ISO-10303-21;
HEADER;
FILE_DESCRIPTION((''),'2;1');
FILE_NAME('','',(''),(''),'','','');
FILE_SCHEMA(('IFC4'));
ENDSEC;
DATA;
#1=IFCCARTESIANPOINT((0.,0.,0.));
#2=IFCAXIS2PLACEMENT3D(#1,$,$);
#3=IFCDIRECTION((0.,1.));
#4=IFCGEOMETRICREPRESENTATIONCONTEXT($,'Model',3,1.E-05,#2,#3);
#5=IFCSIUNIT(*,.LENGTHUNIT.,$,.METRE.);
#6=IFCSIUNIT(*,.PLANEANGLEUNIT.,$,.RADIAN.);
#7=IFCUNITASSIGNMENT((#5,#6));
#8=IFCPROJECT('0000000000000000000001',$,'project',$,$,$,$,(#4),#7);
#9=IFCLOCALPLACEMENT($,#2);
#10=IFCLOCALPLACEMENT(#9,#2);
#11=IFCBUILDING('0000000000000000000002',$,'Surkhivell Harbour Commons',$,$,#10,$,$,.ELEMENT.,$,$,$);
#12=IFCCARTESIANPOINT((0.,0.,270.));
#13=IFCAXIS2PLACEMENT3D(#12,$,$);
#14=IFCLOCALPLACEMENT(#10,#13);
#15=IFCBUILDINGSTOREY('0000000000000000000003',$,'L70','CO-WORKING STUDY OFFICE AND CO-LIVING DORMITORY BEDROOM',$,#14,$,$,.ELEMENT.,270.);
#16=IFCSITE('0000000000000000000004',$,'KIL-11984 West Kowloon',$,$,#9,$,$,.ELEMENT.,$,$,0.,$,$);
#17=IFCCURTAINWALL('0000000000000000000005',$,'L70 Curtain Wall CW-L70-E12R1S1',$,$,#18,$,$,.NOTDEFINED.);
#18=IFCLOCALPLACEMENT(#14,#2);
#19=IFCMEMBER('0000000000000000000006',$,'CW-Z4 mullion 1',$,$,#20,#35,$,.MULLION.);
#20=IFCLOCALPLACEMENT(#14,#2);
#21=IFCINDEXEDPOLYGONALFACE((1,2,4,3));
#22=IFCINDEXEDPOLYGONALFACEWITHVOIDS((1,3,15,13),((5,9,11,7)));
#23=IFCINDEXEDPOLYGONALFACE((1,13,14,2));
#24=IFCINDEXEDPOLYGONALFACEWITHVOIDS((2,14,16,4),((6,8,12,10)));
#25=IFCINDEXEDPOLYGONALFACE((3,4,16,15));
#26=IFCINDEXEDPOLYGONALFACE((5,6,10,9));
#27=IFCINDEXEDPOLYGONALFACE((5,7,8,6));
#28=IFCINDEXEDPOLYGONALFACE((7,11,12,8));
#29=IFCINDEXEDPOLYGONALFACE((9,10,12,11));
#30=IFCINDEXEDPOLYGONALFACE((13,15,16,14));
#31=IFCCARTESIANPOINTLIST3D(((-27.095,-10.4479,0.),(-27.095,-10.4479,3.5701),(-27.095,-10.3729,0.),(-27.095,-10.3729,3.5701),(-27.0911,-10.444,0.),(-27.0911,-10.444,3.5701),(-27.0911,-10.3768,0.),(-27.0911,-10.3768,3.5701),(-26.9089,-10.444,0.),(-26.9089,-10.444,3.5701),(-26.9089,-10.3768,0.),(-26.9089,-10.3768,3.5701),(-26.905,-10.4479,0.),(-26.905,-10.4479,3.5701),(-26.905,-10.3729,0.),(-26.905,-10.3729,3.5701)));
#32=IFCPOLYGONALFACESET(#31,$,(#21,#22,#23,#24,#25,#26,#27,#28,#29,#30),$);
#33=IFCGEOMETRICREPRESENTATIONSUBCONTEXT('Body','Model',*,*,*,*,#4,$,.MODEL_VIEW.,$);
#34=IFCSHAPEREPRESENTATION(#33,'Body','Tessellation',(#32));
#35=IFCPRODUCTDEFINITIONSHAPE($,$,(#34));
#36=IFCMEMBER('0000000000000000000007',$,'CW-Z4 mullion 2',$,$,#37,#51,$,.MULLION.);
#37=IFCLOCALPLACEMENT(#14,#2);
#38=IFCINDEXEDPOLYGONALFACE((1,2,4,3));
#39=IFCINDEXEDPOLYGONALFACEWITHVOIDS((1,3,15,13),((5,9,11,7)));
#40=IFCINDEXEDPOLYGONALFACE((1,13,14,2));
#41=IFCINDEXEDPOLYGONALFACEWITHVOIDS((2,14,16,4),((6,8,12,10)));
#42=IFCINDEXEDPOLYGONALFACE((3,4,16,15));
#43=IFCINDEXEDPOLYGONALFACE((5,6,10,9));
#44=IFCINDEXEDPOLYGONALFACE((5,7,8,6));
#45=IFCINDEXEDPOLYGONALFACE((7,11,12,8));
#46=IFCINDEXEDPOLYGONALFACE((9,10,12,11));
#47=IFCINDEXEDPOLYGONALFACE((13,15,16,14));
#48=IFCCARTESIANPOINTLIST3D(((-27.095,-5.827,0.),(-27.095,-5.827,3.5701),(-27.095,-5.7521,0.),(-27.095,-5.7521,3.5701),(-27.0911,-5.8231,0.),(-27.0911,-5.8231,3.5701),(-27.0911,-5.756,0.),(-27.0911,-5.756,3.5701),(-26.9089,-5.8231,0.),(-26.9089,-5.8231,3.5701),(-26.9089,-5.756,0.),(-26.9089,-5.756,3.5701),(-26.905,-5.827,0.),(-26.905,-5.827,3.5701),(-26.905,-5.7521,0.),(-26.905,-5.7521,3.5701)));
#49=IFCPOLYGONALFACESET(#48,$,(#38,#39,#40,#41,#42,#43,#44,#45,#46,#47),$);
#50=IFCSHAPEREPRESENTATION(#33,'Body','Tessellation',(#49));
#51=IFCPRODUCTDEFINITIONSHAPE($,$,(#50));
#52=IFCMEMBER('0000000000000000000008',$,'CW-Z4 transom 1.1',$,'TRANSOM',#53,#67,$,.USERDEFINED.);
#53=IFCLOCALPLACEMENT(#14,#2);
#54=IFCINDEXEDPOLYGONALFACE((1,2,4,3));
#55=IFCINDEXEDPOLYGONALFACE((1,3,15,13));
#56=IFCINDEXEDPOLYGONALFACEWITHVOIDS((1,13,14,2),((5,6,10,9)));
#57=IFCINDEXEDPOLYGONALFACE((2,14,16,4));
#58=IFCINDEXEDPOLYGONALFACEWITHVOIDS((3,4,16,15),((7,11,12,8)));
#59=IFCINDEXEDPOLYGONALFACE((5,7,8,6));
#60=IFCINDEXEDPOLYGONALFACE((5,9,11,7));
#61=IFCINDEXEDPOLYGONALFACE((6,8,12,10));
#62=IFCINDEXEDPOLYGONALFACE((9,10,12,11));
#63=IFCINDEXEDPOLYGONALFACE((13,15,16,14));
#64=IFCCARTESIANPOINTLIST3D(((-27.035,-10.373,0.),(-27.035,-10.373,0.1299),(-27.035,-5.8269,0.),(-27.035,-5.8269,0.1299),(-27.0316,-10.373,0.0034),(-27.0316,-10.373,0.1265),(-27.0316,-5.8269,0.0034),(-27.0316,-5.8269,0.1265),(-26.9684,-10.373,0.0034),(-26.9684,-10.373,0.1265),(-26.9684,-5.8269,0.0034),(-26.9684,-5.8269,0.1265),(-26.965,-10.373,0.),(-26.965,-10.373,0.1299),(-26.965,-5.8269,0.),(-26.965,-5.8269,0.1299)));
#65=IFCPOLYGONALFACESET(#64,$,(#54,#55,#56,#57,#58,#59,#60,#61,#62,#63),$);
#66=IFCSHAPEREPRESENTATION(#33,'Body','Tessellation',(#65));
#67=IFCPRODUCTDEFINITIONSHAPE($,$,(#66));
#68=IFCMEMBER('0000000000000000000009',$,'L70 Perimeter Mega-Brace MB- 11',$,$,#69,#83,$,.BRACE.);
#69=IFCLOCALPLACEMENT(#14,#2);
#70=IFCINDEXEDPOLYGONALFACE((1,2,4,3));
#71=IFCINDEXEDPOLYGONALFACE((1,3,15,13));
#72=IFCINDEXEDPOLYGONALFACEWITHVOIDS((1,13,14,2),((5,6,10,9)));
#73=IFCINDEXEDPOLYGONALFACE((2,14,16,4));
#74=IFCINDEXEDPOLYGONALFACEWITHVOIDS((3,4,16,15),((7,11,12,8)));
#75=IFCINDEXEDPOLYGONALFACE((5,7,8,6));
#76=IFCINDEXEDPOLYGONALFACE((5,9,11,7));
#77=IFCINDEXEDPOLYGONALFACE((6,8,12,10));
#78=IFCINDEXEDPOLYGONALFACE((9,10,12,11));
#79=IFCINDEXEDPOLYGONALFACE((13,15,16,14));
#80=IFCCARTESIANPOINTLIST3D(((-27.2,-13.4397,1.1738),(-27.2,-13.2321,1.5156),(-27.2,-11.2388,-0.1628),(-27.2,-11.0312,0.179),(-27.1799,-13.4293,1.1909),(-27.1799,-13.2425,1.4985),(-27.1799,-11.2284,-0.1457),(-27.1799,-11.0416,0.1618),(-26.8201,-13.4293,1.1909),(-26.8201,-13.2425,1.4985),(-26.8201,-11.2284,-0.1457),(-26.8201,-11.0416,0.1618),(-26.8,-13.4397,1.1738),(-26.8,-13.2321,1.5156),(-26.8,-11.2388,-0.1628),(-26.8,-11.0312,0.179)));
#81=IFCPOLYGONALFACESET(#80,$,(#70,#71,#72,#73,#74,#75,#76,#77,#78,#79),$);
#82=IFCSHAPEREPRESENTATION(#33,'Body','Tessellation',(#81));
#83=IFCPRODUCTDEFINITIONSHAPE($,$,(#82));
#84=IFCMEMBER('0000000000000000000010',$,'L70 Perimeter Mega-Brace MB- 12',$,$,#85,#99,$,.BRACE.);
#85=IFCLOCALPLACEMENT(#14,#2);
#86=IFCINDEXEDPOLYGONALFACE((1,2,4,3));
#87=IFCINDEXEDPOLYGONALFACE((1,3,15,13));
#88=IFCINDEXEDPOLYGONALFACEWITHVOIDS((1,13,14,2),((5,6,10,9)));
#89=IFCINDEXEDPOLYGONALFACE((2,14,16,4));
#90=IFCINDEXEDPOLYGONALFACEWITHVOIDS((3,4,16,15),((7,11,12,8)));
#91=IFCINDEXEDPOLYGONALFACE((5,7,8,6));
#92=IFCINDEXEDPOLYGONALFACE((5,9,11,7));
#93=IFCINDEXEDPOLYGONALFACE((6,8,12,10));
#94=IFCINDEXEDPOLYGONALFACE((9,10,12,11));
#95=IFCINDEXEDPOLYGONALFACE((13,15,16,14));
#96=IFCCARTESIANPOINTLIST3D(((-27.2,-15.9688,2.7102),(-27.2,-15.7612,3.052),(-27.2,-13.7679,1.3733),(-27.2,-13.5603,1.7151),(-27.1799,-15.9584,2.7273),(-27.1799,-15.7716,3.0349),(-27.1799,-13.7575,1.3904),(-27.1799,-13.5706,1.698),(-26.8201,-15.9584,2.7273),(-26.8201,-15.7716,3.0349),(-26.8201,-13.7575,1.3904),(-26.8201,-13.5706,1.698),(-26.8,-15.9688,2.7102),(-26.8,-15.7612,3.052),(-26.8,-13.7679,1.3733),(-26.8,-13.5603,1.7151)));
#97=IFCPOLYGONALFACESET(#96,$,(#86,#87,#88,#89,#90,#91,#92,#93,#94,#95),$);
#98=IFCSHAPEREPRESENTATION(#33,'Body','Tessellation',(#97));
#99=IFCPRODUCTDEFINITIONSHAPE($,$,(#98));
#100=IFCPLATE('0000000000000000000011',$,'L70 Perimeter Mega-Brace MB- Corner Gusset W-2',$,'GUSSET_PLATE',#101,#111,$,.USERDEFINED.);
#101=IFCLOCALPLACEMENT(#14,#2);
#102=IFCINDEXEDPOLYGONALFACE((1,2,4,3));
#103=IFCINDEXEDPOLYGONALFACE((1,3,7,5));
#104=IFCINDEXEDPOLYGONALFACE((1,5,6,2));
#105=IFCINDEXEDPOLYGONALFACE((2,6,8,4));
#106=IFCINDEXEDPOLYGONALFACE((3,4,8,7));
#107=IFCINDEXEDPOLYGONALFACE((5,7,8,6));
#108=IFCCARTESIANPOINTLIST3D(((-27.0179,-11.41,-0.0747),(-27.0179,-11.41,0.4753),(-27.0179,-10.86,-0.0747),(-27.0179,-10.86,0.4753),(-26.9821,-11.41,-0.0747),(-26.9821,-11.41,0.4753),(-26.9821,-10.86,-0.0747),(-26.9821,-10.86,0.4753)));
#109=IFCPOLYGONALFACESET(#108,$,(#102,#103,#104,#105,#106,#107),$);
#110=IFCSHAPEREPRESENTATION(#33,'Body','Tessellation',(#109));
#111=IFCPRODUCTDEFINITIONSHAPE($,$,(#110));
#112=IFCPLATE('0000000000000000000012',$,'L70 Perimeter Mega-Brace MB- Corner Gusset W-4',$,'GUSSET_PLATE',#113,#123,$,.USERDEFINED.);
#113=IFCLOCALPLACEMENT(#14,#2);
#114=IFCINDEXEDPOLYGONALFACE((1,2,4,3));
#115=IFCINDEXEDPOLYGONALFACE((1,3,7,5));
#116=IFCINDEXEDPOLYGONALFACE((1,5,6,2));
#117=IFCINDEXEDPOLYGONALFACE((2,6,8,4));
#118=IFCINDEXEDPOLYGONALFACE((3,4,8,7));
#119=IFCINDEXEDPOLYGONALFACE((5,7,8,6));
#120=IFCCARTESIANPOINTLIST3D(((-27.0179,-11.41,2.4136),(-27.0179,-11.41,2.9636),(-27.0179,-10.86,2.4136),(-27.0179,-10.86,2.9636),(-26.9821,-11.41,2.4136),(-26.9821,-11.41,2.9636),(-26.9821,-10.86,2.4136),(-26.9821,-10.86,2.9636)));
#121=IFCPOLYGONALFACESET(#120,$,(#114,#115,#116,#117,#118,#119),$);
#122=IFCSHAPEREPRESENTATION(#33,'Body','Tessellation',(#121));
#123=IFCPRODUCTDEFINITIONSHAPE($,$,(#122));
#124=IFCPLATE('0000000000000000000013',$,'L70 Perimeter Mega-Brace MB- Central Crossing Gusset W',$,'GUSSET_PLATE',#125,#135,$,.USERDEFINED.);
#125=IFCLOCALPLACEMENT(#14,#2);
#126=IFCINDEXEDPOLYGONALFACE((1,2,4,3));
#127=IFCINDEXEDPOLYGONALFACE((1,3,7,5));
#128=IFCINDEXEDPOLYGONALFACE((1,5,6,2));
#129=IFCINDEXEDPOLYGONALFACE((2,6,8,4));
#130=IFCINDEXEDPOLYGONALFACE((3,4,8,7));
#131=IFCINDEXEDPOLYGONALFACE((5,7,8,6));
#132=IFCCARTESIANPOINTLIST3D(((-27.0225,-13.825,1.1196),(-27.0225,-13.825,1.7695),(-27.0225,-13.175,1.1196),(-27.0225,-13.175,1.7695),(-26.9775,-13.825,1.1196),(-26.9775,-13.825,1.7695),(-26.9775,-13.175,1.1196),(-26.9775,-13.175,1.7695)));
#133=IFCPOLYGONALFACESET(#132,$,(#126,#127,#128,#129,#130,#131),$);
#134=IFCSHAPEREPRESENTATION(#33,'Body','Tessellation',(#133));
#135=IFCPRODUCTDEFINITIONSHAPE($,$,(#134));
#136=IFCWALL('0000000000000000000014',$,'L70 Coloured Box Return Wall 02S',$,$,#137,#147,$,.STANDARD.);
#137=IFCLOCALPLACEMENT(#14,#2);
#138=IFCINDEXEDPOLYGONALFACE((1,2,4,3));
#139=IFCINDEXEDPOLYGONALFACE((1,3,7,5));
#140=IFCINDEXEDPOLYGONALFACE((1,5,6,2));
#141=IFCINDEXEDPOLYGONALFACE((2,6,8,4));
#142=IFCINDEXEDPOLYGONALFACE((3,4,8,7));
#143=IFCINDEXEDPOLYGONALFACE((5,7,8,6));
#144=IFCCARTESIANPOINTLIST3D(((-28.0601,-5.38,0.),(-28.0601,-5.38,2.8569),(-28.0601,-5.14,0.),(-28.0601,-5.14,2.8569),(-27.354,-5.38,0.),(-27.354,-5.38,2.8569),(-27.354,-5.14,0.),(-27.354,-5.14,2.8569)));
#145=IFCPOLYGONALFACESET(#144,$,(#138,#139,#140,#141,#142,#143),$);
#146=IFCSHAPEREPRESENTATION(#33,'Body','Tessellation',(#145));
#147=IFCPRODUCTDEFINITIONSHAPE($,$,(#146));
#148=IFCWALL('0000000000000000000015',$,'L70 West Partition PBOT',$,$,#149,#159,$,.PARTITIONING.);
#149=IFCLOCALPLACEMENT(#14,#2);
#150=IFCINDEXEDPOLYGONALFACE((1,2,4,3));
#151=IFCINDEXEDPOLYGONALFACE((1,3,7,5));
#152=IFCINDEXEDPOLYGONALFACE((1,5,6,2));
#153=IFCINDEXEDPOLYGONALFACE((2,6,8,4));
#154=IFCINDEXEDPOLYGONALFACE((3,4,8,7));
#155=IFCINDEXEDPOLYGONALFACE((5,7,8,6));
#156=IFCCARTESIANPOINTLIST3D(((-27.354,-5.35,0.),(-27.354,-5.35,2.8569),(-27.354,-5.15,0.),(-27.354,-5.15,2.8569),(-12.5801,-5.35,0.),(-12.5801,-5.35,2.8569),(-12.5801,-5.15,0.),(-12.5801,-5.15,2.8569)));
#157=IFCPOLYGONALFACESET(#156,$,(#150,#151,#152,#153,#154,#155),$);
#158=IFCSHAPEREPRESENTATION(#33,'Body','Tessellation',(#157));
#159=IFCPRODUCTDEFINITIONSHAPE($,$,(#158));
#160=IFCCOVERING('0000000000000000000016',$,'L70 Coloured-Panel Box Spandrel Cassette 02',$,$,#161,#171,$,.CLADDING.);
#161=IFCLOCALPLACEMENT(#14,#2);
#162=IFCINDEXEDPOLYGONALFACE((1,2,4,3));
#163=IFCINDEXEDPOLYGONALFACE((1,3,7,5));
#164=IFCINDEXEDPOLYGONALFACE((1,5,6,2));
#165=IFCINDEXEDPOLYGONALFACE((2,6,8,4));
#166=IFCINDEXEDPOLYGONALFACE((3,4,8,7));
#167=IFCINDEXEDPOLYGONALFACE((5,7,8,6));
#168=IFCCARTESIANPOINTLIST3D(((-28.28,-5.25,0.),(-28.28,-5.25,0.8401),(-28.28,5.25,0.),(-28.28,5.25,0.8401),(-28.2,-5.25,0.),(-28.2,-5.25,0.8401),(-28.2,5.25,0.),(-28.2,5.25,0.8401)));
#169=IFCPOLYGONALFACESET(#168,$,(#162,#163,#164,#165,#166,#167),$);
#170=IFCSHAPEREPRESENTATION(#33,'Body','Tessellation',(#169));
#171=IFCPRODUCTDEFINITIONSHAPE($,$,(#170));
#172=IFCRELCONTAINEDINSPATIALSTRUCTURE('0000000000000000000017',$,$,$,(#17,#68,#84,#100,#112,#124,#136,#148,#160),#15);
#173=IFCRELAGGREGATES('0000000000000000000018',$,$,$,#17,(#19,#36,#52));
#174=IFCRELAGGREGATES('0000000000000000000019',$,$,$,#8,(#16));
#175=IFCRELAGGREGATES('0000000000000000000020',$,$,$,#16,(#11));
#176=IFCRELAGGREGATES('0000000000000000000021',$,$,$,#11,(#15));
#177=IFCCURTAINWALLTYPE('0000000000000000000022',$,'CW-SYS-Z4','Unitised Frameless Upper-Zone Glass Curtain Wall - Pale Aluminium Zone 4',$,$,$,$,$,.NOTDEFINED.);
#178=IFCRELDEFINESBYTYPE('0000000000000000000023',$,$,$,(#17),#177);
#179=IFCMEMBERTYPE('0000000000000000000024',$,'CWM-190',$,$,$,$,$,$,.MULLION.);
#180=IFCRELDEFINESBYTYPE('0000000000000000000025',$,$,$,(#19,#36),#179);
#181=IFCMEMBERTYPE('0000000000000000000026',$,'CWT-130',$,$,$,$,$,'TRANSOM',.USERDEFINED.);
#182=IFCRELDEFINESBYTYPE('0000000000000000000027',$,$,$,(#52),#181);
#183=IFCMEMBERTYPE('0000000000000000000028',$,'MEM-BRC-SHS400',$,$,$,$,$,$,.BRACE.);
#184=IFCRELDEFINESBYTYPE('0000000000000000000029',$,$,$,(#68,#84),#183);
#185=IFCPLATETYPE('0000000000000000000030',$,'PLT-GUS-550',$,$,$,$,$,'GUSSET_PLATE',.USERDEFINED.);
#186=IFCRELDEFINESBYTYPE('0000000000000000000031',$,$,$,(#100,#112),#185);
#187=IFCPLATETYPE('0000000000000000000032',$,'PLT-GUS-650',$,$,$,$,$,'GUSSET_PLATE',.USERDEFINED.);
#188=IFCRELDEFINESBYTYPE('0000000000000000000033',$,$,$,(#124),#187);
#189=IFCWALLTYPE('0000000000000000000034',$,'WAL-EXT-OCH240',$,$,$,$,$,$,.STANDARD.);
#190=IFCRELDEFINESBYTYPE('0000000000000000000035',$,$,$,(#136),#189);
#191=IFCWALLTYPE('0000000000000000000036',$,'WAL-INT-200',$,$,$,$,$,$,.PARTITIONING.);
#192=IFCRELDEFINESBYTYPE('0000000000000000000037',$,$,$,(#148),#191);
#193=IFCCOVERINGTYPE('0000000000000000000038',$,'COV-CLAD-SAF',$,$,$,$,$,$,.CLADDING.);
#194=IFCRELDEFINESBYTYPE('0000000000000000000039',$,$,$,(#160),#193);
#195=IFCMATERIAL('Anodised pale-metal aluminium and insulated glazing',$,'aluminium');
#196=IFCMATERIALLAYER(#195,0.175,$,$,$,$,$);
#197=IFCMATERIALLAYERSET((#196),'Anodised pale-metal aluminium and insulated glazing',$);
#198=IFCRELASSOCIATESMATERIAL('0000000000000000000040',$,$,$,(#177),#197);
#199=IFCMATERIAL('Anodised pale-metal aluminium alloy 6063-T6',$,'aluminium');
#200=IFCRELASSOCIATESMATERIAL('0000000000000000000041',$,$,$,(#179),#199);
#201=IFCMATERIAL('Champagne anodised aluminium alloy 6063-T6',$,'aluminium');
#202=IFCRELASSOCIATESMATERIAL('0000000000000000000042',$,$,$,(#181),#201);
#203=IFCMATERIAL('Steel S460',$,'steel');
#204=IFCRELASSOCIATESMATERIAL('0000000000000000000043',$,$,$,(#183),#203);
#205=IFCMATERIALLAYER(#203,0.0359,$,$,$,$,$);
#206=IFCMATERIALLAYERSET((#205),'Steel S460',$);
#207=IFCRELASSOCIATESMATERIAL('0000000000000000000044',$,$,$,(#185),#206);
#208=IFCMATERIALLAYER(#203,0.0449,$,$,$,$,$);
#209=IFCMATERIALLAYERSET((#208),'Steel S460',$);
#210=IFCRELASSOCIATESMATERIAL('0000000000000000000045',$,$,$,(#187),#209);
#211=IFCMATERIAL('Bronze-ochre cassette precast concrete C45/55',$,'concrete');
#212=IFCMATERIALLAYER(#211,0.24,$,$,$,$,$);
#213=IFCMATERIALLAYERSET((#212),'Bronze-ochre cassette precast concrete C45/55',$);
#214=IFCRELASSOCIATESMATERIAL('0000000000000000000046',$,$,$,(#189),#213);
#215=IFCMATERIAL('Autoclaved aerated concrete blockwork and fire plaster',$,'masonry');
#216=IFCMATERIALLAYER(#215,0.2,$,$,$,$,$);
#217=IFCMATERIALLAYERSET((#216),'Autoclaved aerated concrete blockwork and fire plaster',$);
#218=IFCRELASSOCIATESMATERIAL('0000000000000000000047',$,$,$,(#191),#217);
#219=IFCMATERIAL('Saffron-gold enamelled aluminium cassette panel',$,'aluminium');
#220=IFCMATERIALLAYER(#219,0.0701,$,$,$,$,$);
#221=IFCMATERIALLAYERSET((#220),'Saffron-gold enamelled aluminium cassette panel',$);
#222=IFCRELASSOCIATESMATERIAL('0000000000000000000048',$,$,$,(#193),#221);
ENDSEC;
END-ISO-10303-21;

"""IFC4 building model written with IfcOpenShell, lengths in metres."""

from ifc_helpers import new_model, si_unit, direction, frame, frame_2d, origin, origin_2d, place, context, subcontext, project, spatial, rectangle, hollow_rectangle, extrude, material, layer, layer_set, material_profile, profile_set, type_object, element, aggregate, save


model = new_model("IFC4")

# Units and contexts
model_context = context("Model", 3, precision=1e-05, world=origin(), true_north=direction((0.0, 1.0)))
body_context = subcontext(model_context, "Body", "Model", "MODEL_VIEW")
ifc_project = project(units=[si_unit("LENGTHUNIT", "METRE"), si_unit("PLANEANGLEUNIT", "RADIAN")], contexts=[model_context])

# Site, building, storey
site_placement = place(None, origin())
site = spatial("IfcSite", under=ifc_project, at=site_placement, Name="KIL-11984 West Kowloon", CompositionType="ELEMENT", RefElevation=0.0)
building_placement = place(site_placement, origin())
building = spatial("IfcBuilding", under=site, at=building_placement, Name="Surkhivell Harbour Commons", CompositionType="ELEMENT")
storey_placement = place(building_placement, frame((0.0, 0.0, 270.0)))
storey = spatial("IfcBuildingStorey", under=building, at=storey_placement, Name="L70", Description="CO-WORKING STUDY OFFICE AND CO-LIVING DORMITORY BEDROOM", CompositionType="ELEMENT", Elevation=270.0)

# Shared definitions
ifc_material_1 = material(Name="Steel S460", Category="steel")

# Curtain wall, members
ifc_material_2 = material(Name="Anodised pale-metal aluminium and insulated glazing", Category="aluminium")
ifc_layer_1 = layer(ifc_material_2, 0.175)
ifc_layer_set_1 = layer_set([ifc_layer_1], Name="Anodised pale-metal aluminium and insulated glazing")
curtain_wall_type = type_object("IfcCurtainWallType", Name="CW-SYS-Z4", Description="Unitised Frameless Upper-Zone Glass Curtain Wall - Pale Aluminium Zone 4", PredefinedType="NOTDEFINED", material=ifc_layer_set_1)
curtain_wall_placement = place(storey_placement, origin())
curtain_wall = element("IfcCurtainWall", 1, at=curtain_wall_placement, inside=storey, type_object=curtain_wall_type, Name="L70 Curtain Wall CW-L70-E12R1S1", PredefinedType="NOTDEFINED")
ifc_material_3 = material(Name="Anodised pale-metal aluminium alloy 6063-T6", Category="aluminium")
ifc_material_profile_1 = material_profile(ifc_material_3, hollow_rectangle(XDim=0.075, YDim=0.1899, WallThickness=0.0039, at=origin_2d()), Name="ALU-MULL-75x190")
ifc_profile_set_1 = profile_set([ifc_material_profile_1], Name="Anodised pale-metal aluminium alloy 6063-T6")
member_type_1 = type_object("IfcMemberType", Name="CWM-190", PredefinedType="MULLION", material=ifc_profile_set_1)
member_1_placement = place(storey_placement, frame((-27.0, -10.4104, 0.0), z_axis=(0.0, 0.0, 1.0), x_axis=(0.0, 1.0, 0.0)))
member_1 = element("IfcMember", 2, at=member_1_placement, type_object=member_type_1, Name="CW-Z4 mullion 1", PredefinedType="MULLION", context=body_context, shape_type="SweptSolid", body=[
    extrude(hollow_rectangle(XDim=0.075, YDim=0.1899, WallThickness=0.0039, at=origin_2d()), origin(), (0.0, 0.0, 1.0), 3.5701),
])
member_2_placement = place(storey_placement, frame((-27.0, -5.7896, 0.0), z_axis=(0.0, 0.0, 1.0), x_axis=(0.0, 1.0, 0.0)))
member_2 = element("IfcMember", 3, at=member_2_placement, type_object=member_type_1, Name="CW-Z4 mullion 2", PredefinedType="MULLION", context=body_context, shape_type="SweptSolid", body=[
    extrude(hollow_rectangle(XDim=0.075, YDim=0.1899, WallThickness=0.0039, at=origin_2d()), origin(), (0.0, 0.0, 1.0), 3.5701),
])
ifc_material_4 = material(Name="Champagne anodised aluminium alloy 6063-T6", Category="aluminium")
ifc_material_profile_2 = material_profile(ifc_material_4, hollow_rectangle(XDim=0.0701, YDim=0.1299, WallThickness=0.0034, at=origin_2d()), Name="ALU-TRAN-70x130")
ifc_profile_set_2 = profile_set([ifc_material_profile_2], Name="Champagne anodised aluminium alloy 6063-T6")
member_type_2 = type_object("IfcMemberType", Name="CWT-130", ElementType="TRANSOM", PredefinedType="USERDEFINED", material=ifc_profile_set_2)
member_3_placement = place(storey_placement, frame((-27.0, -10.373, 0.0649), z_axis=(0.0, 1.0, 0.0), x_axis=(-1.0, 0.0, 0.0)))
member_3 = element("IfcMember", 4, at=member_3_placement, type_object=member_type_2, Name="CW-Z4 transom 1.1", ObjectType="TRANSOM", PredefinedType="USERDEFINED", context=body_context, shape_type="SweptSolid", body=[
    extrude(hollow_rectangle(XDim=0.0701, YDim=0.1299, WallThickness=0.0034, at=origin_2d()), origin(), (0.0, 0.0, 1.0), 4.5461),
])

# Members
ifc_material_profile_3 = material_profile(ifc_material_1, hollow_rectangle(XDim=0.3999, YDim=0.3999, WallThickness=0.02, at=origin_2d()), Name="SHS400x400x20")
ifc_profile_set_3 = profile_set([ifc_material_profile_3], Name="Steel S460")
member_type_3 = type_object("IfcMemberType", Name="MEM-BRC-SHS400", PredefinedType="BRACE", material=ifc_profile_set_3)
member_4_placement = place(storey_placement, frame((-27.0, -11.135, 0.0081), z_axis=(0.0, -0.85472, 0.519089), x_axis=(1.0, 0.0, 0.0)))
element("IfcMember", 5, at=member_4_placement, inside=storey, type_object=member_type_3, Name="L70 Perimeter Mega-Brace MB- 11", PredefinedType="BRACE", context=body_context, shape_type="SweptSolid", body=[
    extrude(hollow_rectangle(XDim=0.3999, YDim=0.3999, WallThickness=0.02, at=origin_2d()), origin(), (0.0, 0.0, 1.0), 2.575),
])
member_5_placement = place(storey_placement, frame((-27.0, -13.6641, 1.5442), z_axis=(0.0, -0.854678, 0.519159), x_axis=(1.0, 0.0, 0.0)))
element("IfcMember", 6, at=member_5_placement, inside=storey, type_object=member_type_3, Name="L70 Perimeter Mega-Brace MB- 12", PredefinedType="BRACE", context=body_context, shape_type="SweptSolid", body=[
    extrude(hollow_rectangle(XDim=0.3999, YDim=0.3999, WallThickness=0.02, at=origin_2d()), origin(), (0.0, 0.0, 1.0), 2.5752),
])

aggregate(curtain_wall, [member_1, member_2, member_3])

# Plates
ifc_layer_2 = layer(ifc_material_1, 0.0359)
ifc_layer_set_2 = layer_set([ifc_layer_2], Name="Steel S460")
plate_type_1 = type_object("IfcPlateType", Name="PLT-GUS-550", ElementType="GUSSET_PLATE", PredefinedType="USERDEFINED", material=ifc_layer_set_2)
for number, where, z_axis, x_axis, name in (
    (7, (-27.0, -11.135, -0.0747), (0.0, 0.0, 1.0), (0.0, 1.0, 0.0), "L70 Perimeter Mega-Brace MB- Corner Gusset W-2"),
    (8, (-27.0, -11.135, 2.4136), (0.0, 0.0, 1.0), (0.0, 1.0, 0.0), "L70 Perimeter Mega-Brace MB- Corner Gusset W-4"),
):
    element("IfcPlate", number, at=place(storey_placement, frame(where, z_axis=z_axis, x_axis=x_axis)), inside=storey, type_object=plate_type_1, Name=name, ObjectType="GUSSET_PLATE", PredefinedType="USERDEFINED", context=body_context, shape_type="SweptSolid", body=[
        extrude(rectangle(XDim=0.55, YDim=0.0359, at=origin_2d()), origin(), (0.0, 0.0, 1.0), 0.55),
    ])
ifc_layer_3 = layer(ifc_material_1, 0.0449)
ifc_layer_set_3 = layer_set([ifc_layer_3], Name="Steel S460")
plate_type_2 = type_object("IfcPlateType", Name="PLT-GUS-650", ElementType="GUSSET_PLATE", PredefinedType="USERDEFINED", material=ifc_layer_set_3)
plate_1_placement = place(storey_placement, frame((-27.0, -13.5, 1.1196), z_axis=(0.0, 0.0, 1.0), x_axis=(0.0, 1.0, 0.0)))
element("IfcPlate", 9, at=plate_1_placement, inside=storey, type_object=plate_type_2, Name="L70 Perimeter Mega-Brace MB- Central Crossing Gusset W", ObjectType="GUSSET_PLATE", PredefinedType="USERDEFINED", context=body_context, shape_type="SweptSolid", body=[
    extrude(rectangle(XDim=0.6499, YDim=0.0449, at=origin_2d()), origin(), (0.0, 0.0, 1.0), 0.6499),
])

# Walls
ifc_material_5 = material(Name="Bronze-ochre cassette precast concrete C45/55", Category="concrete")
ifc_layer_4 = layer(ifc_material_5, 0.24)
ifc_layer_set_4 = layer_set([ifc_layer_4], Name="Bronze-ochre cassette precast concrete C45/55")
wall_type_1 = type_object("IfcWallType", Name="WAL-EXT-OCH240", PredefinedType="STANDARD", material=ifc_layer_set_4)
wall_1_placement = place(storey_placement, frame((-28.0601, -5.26, 0.0), z_axis=(0.0, 0.0, 1.0), x_axis=(1.0, 0.0, 0.0)))
element("IfcWall", 10, at=wall_1_placement, inside=storey, type_object=wall_type_1, Name="L70 Coloured Box Return Wall 02S", PredefinedType="STANDARD", context=body_context, shape_type="SweptSolid", body=[
    extrude(rectangle(XDim=0.7061, YDim=0.24, at=frame_2d((0.353, 0.0))), origin(), (0.0, 0.0, 1.0), 2.8569),
])
ifc_material_6 = material(Name="Autoclaved aerated concrete blockwork and fire plaster", Category="masonry")
ifc_layer_5 = layer(ifc_material_6, 0.2)
ifc_layer_set_5 = layer_set([ifc_layer_5], Name="Autoclaved aerated concrete blockwork and fire plaster")
wall_type_2 = type_object("IfcWallType", Name="WAL-INT-200", PredefinedType="PARTITIONING", material=ifc_layer_set_5)
wall_2_placement = place(storey_placement, frame((-27.354, -5.25, 0.0), z_axis=(0.0, 0.0, 1.0), x_axis=(1.0, 0.0, 0.0)))
element("IfcWall", 11, at=wall_2_placement, inside=storey, type_object=wall_type_2, Name="L70 West Partition PBOT", PredefinedType="PARTITIONING", context=body_context, shape_type="SweptSolid", body=[
    extrude(rectangle(XDim=14.7739, YDim=0.2, at=frame_2d((7.387, 0.0))), origin(), (0.0, 0.0, 1.0), 2.8569),
])

# Covering
ifc_material_7 = material(Name="Saffron-gold enamelled aluminium cassette panel", Category="aluminium")
ifc_layer_6 = layer(ifc_material_7, 0.0701)
ifc_layer_set_6 = layer_set([ifc_layer_6], Name="Saffron-gold enamelled aluminium cassette panel")
covering_type = type_object("IfcCoveringType", Name="COV-CLAD-SAF", PredefinedType="CLADDING", material=ifc_layer_set_6)
covering_placement = place(storey_placement, frame((-28.24, 0.0, 0.0), z_axis=(0.0, 0.0, 1.0), x_axis=(1.0, 0.0, 0.0)))
element("IfcCovering", 12, at=covering_placement, inside=storey, type_object=covering_type, Name="L70 Coloured-Panel Box Spandrel Cassette 02", PredefinedType="CLADDING", context=body_context, shape_type="SweptSolid", body=[
    extrude(rectangle(XDim=0.0801, YDim=10.5, at=origin_2d()), origin(), (0.0, 0.0, 1.0), 0.8401),
])

save(model, "model.ifc")
